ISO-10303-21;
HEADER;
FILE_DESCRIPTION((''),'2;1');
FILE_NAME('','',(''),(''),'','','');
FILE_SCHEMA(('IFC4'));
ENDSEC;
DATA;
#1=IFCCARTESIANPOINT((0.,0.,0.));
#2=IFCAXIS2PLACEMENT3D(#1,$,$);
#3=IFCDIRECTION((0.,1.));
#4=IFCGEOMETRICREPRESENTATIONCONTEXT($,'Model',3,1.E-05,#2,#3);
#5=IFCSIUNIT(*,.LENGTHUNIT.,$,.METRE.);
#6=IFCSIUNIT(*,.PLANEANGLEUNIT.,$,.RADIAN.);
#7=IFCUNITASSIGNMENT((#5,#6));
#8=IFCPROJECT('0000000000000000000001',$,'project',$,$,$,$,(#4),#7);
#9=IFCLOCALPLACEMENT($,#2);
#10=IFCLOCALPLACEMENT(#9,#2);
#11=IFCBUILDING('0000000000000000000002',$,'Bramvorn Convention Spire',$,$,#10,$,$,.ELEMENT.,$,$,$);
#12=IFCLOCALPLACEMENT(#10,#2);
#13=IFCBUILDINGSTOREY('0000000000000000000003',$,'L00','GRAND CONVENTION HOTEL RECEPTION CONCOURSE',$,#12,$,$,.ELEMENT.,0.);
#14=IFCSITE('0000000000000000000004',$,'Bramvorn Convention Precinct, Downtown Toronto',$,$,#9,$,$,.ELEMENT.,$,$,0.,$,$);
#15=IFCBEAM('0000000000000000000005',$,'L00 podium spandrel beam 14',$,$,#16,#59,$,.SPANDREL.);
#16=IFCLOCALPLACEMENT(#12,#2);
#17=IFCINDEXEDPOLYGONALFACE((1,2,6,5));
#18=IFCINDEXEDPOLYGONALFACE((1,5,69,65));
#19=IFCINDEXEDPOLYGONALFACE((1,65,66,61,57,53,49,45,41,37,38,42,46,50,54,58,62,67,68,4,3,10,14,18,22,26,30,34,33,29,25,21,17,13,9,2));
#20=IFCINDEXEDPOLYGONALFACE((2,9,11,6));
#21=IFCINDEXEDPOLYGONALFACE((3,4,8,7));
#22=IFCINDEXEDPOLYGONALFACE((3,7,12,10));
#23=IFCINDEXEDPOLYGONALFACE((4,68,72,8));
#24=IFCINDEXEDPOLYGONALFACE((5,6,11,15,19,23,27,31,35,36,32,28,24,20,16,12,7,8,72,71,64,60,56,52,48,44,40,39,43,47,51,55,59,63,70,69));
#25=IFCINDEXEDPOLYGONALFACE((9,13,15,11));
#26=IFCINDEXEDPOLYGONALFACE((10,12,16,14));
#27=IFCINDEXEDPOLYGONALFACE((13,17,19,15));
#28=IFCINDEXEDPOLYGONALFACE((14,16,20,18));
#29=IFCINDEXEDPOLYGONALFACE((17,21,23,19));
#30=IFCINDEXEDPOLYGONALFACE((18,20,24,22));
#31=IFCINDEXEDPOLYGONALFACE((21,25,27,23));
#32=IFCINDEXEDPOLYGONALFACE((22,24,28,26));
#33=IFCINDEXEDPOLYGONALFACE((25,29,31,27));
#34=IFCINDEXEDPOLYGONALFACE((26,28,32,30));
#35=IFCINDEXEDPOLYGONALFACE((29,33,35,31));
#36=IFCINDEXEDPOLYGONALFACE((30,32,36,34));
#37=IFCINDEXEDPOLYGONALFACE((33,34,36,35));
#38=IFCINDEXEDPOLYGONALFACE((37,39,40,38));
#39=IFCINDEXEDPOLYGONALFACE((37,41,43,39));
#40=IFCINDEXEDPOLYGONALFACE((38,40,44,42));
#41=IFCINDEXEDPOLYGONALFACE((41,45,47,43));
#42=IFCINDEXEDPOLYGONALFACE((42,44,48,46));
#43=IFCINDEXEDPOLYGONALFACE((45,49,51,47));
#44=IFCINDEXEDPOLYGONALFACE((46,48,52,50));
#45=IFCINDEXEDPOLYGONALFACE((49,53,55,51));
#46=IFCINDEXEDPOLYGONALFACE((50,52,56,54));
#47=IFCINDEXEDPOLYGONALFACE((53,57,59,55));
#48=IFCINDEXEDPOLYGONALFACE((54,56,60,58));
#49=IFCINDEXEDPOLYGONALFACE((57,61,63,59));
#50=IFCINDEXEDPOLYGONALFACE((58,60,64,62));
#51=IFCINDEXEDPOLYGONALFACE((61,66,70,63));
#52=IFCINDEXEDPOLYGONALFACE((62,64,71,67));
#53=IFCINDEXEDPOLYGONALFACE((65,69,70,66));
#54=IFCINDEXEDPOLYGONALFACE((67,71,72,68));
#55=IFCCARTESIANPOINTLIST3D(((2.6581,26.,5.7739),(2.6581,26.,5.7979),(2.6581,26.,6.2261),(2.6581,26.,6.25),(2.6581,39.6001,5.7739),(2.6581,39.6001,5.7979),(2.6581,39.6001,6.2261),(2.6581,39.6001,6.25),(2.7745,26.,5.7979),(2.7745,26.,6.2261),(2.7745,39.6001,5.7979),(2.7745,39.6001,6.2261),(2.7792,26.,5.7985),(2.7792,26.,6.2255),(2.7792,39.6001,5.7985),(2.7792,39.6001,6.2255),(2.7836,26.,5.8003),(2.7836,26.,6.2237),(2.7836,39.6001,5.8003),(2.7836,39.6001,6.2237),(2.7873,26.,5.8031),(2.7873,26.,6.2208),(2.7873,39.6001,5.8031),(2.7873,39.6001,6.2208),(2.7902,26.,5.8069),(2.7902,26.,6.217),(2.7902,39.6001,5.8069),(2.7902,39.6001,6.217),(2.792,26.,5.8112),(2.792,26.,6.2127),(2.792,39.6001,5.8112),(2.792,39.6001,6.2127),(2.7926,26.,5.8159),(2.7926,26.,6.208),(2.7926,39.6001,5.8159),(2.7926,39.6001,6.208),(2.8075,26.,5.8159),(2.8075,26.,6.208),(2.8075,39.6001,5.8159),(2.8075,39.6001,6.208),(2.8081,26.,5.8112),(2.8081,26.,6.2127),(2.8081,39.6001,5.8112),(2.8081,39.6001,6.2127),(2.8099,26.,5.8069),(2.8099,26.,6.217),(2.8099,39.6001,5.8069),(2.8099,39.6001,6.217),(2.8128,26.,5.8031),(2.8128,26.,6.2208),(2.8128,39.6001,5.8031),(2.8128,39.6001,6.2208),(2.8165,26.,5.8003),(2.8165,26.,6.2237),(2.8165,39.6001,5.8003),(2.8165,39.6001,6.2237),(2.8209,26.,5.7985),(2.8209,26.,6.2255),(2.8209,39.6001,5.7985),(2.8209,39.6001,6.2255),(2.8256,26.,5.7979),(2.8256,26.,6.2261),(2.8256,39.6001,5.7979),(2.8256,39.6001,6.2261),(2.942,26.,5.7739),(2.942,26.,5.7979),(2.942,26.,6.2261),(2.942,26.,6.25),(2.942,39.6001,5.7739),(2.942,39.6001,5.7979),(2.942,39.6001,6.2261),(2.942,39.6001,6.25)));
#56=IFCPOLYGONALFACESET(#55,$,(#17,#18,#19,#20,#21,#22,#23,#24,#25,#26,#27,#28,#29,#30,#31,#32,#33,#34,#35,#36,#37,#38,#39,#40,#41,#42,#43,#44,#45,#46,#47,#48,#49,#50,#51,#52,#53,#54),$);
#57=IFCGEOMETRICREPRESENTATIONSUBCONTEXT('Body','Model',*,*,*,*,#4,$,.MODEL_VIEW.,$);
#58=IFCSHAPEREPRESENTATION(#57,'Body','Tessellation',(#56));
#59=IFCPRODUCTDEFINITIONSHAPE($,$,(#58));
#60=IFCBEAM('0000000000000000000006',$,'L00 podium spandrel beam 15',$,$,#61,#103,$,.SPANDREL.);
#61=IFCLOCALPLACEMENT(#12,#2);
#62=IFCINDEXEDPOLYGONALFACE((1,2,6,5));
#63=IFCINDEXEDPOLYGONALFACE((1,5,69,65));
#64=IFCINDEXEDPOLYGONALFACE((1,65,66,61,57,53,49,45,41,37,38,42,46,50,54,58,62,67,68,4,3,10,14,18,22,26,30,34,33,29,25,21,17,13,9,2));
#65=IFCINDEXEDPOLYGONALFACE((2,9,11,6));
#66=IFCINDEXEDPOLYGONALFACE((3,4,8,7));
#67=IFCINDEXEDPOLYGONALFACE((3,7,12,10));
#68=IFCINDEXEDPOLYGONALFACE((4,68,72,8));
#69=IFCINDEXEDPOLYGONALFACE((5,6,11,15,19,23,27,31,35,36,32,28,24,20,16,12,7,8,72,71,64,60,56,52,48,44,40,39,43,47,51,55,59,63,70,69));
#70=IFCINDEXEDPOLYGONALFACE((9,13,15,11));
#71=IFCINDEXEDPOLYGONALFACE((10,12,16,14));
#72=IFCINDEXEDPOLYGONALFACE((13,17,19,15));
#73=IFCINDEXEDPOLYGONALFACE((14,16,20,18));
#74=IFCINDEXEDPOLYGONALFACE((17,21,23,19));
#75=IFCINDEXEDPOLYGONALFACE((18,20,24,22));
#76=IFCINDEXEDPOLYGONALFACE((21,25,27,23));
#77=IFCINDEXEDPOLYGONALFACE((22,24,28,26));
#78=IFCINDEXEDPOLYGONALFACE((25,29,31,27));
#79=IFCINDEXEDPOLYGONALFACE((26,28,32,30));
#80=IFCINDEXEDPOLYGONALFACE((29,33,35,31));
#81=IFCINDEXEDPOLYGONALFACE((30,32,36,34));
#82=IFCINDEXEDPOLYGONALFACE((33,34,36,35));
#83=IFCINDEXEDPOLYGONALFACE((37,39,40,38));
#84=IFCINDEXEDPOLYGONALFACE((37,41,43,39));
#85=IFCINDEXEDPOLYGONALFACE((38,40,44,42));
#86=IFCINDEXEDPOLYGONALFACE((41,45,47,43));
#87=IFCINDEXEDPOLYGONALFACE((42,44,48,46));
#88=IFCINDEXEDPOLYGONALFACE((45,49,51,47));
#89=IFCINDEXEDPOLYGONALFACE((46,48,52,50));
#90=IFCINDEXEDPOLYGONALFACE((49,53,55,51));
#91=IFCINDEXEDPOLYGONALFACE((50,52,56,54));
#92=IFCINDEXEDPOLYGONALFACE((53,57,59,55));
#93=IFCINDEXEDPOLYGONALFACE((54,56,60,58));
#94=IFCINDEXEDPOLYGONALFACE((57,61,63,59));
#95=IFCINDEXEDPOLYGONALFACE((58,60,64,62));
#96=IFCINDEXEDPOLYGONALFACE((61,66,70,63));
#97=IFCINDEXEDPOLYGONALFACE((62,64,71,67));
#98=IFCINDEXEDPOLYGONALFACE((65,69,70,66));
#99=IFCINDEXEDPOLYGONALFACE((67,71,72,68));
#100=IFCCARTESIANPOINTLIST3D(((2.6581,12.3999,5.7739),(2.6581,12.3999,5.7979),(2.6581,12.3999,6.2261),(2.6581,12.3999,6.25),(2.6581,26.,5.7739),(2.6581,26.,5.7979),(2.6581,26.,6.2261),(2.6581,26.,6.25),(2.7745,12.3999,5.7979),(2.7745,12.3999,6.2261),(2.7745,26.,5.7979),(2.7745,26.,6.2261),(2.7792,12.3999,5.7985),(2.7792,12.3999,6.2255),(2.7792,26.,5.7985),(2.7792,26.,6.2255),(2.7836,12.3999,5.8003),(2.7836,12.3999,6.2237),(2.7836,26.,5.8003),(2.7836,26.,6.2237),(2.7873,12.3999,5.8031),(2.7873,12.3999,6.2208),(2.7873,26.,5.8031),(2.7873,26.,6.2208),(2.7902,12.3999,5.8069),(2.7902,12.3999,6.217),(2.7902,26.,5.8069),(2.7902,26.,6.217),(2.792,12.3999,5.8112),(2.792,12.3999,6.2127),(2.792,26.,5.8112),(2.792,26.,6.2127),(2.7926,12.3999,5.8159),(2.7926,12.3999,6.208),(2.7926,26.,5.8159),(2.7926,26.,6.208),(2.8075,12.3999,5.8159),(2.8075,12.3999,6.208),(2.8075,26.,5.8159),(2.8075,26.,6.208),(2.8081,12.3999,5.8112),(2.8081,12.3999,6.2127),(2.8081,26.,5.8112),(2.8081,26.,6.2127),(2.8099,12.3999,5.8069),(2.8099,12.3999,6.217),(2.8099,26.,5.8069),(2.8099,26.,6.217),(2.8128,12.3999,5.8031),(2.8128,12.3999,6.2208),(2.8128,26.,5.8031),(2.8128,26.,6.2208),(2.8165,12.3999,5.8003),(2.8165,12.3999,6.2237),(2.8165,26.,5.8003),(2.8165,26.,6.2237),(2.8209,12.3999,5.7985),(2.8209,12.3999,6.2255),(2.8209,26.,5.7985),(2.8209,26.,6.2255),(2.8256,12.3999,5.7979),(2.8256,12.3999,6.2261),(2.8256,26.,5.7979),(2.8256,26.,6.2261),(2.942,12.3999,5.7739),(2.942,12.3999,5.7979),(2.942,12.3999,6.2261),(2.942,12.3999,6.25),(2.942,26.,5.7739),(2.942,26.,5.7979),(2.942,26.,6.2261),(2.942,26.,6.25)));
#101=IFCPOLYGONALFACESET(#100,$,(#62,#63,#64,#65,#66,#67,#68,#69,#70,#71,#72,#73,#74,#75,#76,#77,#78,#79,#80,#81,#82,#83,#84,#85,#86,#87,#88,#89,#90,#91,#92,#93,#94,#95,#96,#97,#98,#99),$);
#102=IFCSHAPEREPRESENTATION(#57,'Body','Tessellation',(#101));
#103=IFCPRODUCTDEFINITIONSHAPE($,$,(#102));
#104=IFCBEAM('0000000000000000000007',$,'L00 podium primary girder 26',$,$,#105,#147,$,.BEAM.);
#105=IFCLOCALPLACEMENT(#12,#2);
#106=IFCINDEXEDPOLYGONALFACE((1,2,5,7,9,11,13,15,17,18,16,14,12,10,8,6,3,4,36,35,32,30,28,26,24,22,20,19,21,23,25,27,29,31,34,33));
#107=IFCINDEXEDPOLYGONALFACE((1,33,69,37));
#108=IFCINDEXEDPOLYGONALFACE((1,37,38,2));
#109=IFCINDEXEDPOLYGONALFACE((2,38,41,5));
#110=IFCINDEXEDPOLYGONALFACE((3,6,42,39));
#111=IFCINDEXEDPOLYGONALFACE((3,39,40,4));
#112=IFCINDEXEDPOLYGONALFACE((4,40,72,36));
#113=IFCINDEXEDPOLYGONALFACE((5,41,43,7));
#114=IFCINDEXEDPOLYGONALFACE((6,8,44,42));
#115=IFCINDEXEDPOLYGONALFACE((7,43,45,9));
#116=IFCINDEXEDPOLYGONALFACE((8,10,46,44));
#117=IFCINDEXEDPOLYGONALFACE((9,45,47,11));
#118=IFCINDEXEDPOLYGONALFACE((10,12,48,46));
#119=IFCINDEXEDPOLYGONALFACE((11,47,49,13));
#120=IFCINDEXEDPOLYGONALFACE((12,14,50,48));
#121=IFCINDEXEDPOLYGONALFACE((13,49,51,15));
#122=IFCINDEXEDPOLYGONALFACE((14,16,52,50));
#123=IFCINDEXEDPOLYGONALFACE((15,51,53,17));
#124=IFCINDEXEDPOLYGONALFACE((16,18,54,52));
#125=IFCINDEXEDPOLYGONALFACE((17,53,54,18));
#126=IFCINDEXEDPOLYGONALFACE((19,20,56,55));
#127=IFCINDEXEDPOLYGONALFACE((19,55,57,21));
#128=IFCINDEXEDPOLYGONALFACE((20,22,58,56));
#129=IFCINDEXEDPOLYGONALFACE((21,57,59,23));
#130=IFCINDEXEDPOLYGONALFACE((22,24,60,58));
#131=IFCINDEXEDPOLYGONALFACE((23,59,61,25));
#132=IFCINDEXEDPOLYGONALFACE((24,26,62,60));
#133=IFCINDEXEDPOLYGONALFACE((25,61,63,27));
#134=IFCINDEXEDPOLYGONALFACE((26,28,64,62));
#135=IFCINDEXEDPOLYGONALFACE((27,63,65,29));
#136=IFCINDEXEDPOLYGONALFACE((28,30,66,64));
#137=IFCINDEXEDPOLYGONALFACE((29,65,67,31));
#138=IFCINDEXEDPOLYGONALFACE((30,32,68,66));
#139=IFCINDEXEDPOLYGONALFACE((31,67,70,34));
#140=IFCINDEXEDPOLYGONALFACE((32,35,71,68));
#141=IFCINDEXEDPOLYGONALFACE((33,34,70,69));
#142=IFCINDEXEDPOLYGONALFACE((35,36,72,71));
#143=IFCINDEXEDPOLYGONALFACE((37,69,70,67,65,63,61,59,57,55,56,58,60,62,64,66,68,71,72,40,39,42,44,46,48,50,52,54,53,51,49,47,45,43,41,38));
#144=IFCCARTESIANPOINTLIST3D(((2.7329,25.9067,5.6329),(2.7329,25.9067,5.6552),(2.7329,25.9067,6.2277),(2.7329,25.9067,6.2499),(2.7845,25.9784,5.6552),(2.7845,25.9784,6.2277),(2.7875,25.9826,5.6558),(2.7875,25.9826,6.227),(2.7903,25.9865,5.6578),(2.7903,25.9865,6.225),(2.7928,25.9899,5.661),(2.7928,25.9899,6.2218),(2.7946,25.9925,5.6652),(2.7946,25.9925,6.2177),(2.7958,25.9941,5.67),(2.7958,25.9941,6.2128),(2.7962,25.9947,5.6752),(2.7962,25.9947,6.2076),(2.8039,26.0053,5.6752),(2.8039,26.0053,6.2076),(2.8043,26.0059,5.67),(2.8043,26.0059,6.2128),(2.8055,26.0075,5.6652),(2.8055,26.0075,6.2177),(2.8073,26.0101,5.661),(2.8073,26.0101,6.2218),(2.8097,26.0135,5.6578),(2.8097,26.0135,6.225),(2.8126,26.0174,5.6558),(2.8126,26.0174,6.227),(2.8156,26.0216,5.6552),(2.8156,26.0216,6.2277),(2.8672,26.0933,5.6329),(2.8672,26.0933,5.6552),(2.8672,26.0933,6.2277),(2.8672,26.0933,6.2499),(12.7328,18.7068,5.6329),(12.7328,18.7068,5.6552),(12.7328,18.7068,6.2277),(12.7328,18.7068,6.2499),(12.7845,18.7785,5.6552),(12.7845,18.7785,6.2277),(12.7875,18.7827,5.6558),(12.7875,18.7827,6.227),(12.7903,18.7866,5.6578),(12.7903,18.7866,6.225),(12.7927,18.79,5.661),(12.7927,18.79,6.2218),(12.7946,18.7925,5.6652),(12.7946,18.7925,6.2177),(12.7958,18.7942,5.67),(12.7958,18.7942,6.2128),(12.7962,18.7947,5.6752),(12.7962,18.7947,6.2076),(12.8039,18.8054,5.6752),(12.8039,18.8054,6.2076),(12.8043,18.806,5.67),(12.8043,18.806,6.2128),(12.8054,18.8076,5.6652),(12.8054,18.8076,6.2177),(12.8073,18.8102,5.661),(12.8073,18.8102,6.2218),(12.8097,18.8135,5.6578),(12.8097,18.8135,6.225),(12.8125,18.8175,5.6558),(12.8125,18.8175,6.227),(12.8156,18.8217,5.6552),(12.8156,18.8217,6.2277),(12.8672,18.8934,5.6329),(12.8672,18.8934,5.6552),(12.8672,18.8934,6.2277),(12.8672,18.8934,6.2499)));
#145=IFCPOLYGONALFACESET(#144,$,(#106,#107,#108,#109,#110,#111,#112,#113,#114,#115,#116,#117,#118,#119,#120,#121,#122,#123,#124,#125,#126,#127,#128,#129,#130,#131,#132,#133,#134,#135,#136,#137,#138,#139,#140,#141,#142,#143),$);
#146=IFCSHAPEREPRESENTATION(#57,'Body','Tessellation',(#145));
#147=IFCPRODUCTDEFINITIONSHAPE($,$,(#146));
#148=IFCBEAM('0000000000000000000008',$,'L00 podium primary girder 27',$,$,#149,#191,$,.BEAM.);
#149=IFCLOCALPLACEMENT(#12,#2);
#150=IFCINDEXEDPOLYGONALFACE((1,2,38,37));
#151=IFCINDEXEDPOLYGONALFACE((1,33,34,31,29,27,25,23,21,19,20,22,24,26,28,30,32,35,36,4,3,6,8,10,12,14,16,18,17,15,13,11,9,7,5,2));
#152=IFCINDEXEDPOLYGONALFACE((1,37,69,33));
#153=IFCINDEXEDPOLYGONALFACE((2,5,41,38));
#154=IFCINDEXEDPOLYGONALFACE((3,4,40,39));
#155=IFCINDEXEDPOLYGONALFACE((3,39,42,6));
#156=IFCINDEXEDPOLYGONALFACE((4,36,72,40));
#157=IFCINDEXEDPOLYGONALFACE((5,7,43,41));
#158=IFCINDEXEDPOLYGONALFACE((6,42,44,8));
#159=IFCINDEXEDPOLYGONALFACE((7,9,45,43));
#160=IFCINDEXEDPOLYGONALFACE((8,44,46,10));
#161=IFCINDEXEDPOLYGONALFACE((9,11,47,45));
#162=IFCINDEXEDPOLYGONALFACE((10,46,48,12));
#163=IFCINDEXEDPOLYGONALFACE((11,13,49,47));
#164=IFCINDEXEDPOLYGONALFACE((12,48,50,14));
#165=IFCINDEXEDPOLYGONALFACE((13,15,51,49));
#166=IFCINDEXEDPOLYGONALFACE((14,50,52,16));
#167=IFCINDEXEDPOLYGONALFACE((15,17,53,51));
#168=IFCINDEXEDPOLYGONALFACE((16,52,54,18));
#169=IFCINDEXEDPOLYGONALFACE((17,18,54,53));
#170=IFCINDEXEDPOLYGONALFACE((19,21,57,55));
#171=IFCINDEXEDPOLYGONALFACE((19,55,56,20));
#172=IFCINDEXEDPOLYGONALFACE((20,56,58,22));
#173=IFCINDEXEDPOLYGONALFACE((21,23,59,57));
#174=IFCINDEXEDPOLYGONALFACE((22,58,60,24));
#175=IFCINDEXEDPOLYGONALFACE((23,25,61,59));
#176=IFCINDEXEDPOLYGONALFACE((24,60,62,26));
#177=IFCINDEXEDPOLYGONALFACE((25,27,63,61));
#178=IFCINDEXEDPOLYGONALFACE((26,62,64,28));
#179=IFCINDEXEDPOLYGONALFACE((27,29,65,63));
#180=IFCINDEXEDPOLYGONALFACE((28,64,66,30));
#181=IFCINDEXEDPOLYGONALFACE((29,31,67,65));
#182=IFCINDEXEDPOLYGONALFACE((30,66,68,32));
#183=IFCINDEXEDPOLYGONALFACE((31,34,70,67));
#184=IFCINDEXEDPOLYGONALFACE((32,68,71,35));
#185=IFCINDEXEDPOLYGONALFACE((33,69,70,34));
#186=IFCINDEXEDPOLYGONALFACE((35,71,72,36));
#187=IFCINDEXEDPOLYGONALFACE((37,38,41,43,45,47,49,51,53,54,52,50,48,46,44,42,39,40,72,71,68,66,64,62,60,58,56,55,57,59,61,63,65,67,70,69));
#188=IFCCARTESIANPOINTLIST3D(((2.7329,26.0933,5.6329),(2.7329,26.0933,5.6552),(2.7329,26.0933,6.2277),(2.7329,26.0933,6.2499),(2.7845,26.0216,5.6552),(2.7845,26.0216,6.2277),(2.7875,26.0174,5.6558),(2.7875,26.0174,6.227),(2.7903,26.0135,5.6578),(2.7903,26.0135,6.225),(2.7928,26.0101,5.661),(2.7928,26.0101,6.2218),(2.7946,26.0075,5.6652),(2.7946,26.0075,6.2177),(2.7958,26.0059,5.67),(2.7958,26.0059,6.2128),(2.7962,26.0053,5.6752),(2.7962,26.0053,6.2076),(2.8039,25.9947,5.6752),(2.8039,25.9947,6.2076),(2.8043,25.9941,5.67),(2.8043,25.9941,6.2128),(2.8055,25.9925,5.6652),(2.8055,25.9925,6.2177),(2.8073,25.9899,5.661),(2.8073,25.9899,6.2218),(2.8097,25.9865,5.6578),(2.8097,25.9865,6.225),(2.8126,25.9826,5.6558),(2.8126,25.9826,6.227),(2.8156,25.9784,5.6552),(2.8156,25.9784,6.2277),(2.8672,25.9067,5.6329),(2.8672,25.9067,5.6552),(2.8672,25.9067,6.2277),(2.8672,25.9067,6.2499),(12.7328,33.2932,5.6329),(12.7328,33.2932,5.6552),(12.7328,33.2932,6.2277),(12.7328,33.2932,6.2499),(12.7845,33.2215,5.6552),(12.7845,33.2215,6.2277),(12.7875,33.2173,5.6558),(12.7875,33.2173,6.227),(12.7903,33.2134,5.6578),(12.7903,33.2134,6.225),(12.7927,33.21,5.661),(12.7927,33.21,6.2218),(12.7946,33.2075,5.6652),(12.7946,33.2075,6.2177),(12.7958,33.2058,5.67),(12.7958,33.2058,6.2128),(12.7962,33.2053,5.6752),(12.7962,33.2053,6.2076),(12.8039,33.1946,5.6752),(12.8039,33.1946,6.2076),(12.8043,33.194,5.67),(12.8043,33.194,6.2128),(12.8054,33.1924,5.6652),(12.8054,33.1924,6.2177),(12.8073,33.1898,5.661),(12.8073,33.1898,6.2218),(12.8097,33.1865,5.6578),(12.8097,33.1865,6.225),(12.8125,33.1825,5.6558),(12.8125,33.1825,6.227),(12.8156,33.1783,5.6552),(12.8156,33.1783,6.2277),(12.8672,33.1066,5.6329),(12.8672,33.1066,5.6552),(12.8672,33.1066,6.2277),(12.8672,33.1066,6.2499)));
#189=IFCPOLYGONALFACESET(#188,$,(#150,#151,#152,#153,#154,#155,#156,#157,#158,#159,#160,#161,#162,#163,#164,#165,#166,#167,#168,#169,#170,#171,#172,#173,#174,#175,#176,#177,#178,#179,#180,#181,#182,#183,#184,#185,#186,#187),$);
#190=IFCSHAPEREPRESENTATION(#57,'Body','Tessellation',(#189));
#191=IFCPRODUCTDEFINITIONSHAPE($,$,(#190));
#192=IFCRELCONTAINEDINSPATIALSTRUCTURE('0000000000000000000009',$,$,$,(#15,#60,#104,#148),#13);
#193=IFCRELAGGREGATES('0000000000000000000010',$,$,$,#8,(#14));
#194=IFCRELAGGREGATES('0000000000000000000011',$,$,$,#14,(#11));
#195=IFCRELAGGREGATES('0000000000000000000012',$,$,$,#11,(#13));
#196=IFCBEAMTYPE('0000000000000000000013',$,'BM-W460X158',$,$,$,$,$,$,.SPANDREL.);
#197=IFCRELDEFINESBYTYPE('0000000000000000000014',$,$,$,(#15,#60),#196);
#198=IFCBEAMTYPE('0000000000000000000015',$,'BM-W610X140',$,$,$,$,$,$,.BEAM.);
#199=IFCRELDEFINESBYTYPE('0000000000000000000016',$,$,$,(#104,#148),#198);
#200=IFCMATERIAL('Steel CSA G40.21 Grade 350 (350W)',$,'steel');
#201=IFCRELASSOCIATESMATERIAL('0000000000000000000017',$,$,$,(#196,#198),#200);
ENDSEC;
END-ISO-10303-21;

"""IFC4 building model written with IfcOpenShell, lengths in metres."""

from ifc_helpers import new_model, si_unit, direction, frame, origin, origin_2d, place, context, subcontext, project, spatial, i_section, extrude, material, material_profile, profile_set, type_object, element, save


model = new_model("IFC4")

# Units and contexts
model_context = context("Model", 3, precision=1e-05, world=origin(), true_north=direction((0.0, 1.0)))
body_context = subcontext(model_context, "Body", "Model", "MODEL_VIEW")
ifc_project = project(units=[si_unit("LENGTHUNIT", "METRE"), si_unit("PLANEANGLEUNIT", "RADIAN")], contexts=[model_context])

# Site, building, storey
site_placement = place(None, origin())
site = spatial("IfcSite", under=ifc_project, at=site_placement, Name="Bramvorn Convention Precinct, Downtown Toronto", CompositionType="ELEMENT", RefElevation=0.0)
building_placement = place(site_placement, origin())
building = spatial("IfcBuilding", under=site, at=building_placement, Name="Bramvorn Convention Spire", CompositionType="ELEMENT")
storey_placement = place(building_placement, origin())
storey = spatial("IfcBuildingStorey", under=building, at=storey_placement, Name="L00", Description="GRAND CONVENTION HOTEL RECEPTION CONCOURSE", CompositionType="ELEMENT", Elevation=0.0)

# Shared definitions
ifc_material_1 = material(Name="Steel CSA G40.21 Grade 350 (350W)", Category="steel")

# Beams
ifc_material_profile_1 = material_profile(ifc_material_1, i_section(OverallWidth=0.2839, OverallDepth=0.4761, WebThickness=0.0149, FlangeThickness=0.0239, FilletRadius=0.0181, at=origin_2d()))
ifc_profile_set_1 = profile_set([ifc_material_profile_1], Name="Steel CSA G40.21 Grade 350 (350W) - W460X158")
beam_type_1 = type_object("IfcBeamType", Name="BM-W460X158", PredefinedType="SPANDREL", material=ifc_profile_set_1)
for number, where, z_axis, x_axis, name in (
    (1, (2.8, 39.6001, 6.012), (0.0, -1.0, 0.0), (1.0, 0.0, 0.0), "L00 podium spandrel beam 14"),
    (2, (2.8, 26.0, 6.012), (0.0, -1.0, 0.0), (1.0, 0.0, 0.0), "L00 podium spandrel beam 15"),
):
    element("IfcBeam", number, at=place(storey_placement, frame(where, z_axis=z_axis, x_axis=x_axis)), inside=storey, type_object=beam_type_1, Name=name, PredefinedType="SPANDREL", context=body_context, shape_type="SweptSolid", body=[
        extrude(i_section(OverallWidth=0.2839, OverallDepth=0.4761, WebThickness=0.0149, FlangeThickness=0.0239, FilletRadius=0.0181, at=origin_2d()), origin(), (0.0, 0.0, 1.0), 13.6001),
    ])
ifc_material_profile_2 = material_profile(ifc_material_1, i_section(OverallWidth=0.23, OverallDepth=0.6169, WebThickness=0.0132, FlangeThickness=0.0222, FilletRadius=0.02, at=origin_2d()))
ifc_profile_set_2 = profile_set([ifc_material_profile_2], Name="Steel CSA G40.21 Grade 350 (350W) - W610X140")
beam_type_2 = type_object("IfcBeamType", Name="BM-W610X140", PredefinedType="BEAM", material=ifc_profile_set_2)
for number, where, z_axis, x_axis, name in (
    (3, (2.8, 26.0, 5.9414), (0.811536, -0.584302, 0.0), (0.584302, 0.811536, 0.0), "L00 podium primary girder 26"),
    (4, (2.8, 26.0, 5.9414), (0.811536, 0.584302, 0.0), (-0.584302, 0.811536, 0.0), "L00 podium primary girder 27"),
):
    element("IfcBeam", number, at=place(storey_placement, frame(where, z_axis=z_axis, x_axis=x_axis)), inside=storey, type_object=beam_type_2, Name=name, PredefinedType="BEAM", context=body_context, shape_type="SweptSolid", body=[
        extrude(i_section(OverallWidth=0.23, OverallDepth=0.6169, WebThickness=0.0132, FlangeThickness=0.0222, FilletRadius=0.02, at=origin_2d()), origin(), (0.0, 0.0, 1.0), 12.3223),
    ])

save(model, "model.ifc")
